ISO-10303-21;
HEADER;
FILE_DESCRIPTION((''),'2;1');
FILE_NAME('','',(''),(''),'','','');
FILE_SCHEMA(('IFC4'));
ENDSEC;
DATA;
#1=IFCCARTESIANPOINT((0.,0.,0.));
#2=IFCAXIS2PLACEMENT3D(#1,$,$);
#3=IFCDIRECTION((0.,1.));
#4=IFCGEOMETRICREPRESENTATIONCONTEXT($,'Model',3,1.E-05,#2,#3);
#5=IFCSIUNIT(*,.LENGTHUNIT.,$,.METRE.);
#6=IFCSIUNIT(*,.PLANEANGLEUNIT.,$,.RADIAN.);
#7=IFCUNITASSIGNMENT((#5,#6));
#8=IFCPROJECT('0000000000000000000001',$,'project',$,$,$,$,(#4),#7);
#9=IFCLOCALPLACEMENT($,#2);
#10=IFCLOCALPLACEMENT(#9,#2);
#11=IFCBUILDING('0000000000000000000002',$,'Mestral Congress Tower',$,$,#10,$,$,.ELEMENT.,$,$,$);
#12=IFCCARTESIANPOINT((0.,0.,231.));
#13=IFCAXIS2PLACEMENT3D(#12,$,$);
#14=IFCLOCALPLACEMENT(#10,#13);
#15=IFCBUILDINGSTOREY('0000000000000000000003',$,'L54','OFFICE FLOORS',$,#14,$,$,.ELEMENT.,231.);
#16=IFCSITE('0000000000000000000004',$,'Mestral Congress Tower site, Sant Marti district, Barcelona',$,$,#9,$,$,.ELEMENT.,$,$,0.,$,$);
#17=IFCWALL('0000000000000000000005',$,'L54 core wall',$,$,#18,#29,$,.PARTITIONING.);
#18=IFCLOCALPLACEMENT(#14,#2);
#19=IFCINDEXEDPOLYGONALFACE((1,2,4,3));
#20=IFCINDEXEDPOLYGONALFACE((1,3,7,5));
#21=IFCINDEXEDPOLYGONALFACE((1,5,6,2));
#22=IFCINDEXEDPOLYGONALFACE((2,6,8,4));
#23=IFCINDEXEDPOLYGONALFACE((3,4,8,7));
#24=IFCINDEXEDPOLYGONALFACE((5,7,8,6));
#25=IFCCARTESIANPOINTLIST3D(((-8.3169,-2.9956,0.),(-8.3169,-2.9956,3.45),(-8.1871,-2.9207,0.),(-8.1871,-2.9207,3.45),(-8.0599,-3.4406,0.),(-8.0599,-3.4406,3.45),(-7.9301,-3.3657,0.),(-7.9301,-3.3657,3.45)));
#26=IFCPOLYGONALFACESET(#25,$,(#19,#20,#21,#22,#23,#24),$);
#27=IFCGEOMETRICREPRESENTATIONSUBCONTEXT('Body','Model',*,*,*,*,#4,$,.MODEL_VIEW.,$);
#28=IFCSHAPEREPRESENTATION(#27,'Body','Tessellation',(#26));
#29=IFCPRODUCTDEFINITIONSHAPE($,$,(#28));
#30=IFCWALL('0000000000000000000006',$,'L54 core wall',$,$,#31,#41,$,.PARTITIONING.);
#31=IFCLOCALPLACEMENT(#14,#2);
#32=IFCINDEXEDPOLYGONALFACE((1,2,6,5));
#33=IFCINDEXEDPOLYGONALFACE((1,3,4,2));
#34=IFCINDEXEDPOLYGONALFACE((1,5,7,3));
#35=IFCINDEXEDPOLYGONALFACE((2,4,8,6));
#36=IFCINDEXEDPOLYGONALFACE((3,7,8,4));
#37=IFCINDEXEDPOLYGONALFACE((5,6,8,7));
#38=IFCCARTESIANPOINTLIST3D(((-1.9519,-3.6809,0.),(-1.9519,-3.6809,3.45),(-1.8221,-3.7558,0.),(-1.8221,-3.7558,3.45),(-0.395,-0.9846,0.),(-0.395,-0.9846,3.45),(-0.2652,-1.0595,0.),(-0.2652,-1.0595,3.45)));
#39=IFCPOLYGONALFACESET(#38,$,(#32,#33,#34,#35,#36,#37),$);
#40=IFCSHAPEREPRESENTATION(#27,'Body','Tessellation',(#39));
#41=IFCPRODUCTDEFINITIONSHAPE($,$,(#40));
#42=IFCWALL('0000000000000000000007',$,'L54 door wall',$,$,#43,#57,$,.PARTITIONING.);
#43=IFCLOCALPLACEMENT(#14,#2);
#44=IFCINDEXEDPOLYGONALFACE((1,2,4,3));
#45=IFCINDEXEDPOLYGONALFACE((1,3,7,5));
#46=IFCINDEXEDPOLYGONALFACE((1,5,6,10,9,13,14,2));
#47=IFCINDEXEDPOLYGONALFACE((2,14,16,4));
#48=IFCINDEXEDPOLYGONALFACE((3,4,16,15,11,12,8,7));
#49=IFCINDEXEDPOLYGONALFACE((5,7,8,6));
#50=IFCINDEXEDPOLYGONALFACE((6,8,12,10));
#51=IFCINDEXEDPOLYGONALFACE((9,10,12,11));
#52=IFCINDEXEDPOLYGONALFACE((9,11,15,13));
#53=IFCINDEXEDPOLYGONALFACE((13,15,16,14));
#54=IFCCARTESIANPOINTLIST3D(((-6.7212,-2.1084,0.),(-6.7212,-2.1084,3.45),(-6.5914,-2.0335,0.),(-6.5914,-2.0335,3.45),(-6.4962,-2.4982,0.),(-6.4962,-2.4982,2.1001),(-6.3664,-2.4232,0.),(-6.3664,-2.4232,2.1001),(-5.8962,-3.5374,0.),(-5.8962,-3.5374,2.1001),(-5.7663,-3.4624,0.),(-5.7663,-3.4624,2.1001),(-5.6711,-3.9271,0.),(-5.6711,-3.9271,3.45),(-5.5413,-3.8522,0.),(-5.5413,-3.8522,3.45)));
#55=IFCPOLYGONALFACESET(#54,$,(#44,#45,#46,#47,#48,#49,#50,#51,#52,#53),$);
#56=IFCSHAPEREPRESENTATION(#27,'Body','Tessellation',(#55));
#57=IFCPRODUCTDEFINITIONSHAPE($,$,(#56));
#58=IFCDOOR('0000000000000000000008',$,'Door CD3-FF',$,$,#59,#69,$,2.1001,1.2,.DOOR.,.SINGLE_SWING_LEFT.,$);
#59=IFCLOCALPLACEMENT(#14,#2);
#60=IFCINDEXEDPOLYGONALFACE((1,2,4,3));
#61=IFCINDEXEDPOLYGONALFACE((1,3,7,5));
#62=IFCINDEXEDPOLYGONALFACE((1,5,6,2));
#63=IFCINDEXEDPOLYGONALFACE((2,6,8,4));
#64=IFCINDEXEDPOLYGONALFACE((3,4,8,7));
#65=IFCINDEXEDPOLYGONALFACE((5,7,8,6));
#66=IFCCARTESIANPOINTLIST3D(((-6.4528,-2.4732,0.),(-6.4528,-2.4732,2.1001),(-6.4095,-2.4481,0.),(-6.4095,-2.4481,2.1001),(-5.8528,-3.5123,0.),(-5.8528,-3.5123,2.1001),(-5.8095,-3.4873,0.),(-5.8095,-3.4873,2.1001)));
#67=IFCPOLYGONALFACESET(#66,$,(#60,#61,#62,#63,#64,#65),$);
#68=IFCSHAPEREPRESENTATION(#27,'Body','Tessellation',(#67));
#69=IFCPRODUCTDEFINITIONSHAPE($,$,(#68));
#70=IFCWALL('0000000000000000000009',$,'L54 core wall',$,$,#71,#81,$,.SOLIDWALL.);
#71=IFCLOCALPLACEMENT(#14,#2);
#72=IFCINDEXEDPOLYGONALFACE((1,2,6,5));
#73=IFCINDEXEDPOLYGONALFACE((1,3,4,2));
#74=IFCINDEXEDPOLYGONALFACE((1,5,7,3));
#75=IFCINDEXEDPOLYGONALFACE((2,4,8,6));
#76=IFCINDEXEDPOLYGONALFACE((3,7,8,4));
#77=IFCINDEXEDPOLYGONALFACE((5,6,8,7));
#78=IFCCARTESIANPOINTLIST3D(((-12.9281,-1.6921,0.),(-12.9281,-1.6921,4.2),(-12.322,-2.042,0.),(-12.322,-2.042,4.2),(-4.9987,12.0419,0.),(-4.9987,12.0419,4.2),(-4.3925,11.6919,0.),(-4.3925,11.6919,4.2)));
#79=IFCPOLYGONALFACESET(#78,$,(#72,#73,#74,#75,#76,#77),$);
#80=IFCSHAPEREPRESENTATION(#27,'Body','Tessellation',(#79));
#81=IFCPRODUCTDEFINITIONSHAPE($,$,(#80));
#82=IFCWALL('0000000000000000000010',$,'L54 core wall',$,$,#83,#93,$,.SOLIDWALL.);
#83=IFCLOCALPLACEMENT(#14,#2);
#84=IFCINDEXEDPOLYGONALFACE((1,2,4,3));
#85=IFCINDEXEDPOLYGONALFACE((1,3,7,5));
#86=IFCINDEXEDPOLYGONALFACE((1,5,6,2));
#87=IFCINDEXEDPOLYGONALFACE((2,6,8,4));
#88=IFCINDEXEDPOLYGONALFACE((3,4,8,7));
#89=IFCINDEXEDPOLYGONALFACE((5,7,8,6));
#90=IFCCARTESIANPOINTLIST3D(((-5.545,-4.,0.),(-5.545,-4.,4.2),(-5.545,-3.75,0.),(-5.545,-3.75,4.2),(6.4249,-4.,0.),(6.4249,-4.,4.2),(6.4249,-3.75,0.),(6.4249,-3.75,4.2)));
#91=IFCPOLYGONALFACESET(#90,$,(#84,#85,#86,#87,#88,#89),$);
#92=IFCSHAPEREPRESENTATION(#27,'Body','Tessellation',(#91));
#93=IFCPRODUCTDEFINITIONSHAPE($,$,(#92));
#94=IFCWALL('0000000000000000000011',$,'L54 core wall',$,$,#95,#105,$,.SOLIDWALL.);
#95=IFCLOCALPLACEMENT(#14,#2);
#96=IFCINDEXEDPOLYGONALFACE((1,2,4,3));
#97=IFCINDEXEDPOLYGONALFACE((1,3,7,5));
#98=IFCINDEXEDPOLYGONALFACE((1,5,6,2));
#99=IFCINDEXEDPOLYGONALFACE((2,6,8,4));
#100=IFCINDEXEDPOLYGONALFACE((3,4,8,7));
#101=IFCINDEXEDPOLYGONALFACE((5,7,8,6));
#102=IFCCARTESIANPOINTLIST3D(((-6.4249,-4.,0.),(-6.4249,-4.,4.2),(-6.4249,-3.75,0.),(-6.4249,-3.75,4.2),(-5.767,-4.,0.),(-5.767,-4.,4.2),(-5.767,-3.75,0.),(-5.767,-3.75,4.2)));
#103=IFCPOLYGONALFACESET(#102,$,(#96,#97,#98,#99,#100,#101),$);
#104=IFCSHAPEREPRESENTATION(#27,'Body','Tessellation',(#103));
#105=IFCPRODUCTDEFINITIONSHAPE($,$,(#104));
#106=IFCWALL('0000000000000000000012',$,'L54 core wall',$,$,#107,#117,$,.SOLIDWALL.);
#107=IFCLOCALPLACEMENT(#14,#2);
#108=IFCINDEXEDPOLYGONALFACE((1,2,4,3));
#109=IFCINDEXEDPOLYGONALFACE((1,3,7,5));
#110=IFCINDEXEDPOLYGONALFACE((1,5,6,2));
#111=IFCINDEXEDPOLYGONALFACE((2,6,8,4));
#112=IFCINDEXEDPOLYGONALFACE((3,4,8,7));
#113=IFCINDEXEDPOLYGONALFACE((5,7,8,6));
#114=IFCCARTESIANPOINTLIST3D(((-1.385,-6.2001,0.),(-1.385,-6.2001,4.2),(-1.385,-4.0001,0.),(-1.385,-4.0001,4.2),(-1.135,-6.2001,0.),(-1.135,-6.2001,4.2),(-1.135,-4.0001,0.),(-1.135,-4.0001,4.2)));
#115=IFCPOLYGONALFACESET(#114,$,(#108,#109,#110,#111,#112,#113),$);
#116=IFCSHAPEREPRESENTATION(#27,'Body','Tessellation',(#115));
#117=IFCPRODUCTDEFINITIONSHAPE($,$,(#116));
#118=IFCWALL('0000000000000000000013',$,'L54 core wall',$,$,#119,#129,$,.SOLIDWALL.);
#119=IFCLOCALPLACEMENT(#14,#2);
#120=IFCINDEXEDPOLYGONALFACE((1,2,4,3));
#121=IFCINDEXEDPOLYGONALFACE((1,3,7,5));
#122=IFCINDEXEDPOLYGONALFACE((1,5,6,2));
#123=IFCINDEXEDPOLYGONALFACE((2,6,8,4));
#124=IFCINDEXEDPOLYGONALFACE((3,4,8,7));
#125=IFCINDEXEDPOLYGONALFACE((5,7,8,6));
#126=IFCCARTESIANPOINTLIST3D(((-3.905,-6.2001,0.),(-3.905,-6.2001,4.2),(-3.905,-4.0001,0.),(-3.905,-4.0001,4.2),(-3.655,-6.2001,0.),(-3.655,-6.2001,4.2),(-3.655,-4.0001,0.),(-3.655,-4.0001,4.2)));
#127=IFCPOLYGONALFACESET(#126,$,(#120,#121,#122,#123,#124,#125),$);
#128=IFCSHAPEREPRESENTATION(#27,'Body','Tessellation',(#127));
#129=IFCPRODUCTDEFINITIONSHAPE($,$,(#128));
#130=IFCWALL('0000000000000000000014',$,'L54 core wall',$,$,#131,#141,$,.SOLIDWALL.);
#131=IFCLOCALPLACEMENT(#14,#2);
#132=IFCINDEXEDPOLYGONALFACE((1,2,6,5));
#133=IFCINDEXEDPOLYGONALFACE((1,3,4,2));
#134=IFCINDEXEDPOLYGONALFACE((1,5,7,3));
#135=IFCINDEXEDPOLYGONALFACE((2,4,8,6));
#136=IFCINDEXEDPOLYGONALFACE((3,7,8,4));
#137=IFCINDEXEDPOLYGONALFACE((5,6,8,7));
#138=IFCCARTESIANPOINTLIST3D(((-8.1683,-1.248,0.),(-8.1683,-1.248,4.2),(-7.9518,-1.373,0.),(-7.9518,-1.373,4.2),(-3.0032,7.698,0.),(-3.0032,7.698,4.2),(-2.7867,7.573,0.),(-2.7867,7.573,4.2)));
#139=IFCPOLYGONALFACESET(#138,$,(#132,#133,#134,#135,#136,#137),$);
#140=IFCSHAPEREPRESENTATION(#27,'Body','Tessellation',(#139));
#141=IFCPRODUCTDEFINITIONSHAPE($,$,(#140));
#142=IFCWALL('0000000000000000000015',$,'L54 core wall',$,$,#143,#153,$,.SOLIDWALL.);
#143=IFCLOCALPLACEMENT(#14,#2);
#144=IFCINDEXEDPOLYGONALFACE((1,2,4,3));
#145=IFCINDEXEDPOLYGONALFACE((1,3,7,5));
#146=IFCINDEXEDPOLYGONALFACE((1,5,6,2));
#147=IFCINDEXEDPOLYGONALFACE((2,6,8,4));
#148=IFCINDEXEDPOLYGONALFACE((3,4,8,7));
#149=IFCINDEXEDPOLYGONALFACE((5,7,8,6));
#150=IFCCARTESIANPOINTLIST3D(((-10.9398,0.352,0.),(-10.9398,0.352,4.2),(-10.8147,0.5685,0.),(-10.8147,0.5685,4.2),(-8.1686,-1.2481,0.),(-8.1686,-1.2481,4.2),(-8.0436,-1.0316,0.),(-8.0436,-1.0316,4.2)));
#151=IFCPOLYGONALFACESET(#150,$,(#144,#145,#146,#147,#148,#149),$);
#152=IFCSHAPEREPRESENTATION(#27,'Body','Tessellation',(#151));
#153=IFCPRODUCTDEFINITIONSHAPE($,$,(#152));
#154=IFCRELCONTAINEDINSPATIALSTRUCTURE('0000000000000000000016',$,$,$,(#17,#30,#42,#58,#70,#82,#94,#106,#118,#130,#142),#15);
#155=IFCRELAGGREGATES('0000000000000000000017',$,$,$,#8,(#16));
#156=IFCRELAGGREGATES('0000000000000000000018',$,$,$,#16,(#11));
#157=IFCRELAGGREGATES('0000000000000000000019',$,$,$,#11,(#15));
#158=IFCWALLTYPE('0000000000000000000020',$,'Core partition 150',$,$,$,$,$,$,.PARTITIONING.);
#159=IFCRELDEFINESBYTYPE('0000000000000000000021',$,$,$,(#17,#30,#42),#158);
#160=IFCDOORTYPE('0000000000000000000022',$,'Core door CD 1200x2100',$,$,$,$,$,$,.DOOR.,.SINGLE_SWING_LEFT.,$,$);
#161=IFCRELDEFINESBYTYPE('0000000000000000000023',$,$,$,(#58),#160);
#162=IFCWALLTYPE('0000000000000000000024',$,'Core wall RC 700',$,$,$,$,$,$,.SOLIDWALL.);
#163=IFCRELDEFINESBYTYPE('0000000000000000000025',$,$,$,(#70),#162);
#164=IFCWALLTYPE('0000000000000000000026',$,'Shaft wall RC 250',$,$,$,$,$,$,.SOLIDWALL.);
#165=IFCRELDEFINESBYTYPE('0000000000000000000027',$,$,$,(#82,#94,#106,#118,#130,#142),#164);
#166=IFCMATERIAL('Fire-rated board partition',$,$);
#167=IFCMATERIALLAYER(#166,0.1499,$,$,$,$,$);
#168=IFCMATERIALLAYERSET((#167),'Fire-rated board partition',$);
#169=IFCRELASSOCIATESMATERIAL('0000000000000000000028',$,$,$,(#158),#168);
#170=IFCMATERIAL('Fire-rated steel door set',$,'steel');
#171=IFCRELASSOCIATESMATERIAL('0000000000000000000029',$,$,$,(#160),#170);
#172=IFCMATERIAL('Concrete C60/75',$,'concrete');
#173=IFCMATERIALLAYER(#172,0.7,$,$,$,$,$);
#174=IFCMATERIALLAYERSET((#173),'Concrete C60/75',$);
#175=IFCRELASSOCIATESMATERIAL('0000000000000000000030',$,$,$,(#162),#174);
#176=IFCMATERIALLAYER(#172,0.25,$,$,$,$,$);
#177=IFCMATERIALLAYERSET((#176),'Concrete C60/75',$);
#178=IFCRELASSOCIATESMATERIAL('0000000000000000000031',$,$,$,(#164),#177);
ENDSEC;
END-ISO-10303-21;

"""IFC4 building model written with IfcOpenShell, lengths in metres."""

from ifc_helpers import new_model, si_unit, direction, frame, frame_2d, origin, place, context, subcontext, project, spatial, rectangle, extrude, material, layer, layer_set, type_object, element, fill, save


model = new_model("IFC4")

# Units and contexts
model_context = context("Model", 3, precision=1e-05, world=origin(), true_north=direction((0.0, 1.0)))
body_context = subcontext(model_context, "Body", "Model", "MODEL_VIEW")
ifc_project = project(units=[si_unit("LENGTHUNIT", "METRE"), si_unit("PLANEANGLEUNIT", "RADIAN")], contexts=[model_context])

# Site, building, storey
site_placement = place(None, origin())
site = spatial("IfcSite", under=ifc_project, at=site_placement, Name="Mestral Congress Tower site, Sant Marti district, Barcelona", CompositionType="ELEMENT", RefElevation=0.0)
building_placement = place(site_placement, origin())
building = spatial("IfcBuilding", under=site, at=building_placement, Name="Mestral Congress Tower", CompositionType="ELEMENT")
storey_placement = place(building_placement, frame((0.0, 0.0, 231.0)))
storey = spatial("IfcBuildingStorey", under=building, at=storey_placement, Name="L54", Description="OFFICE FLOORS", CompositionType="ELEMENT", Elevation=231.0)

# Walls
ifc_material_1 = material(Name="Fire-rated board partition")
ifc_layer_1 = layer(ifc_material_1, 0.1499)
ifc_layer_set_1 = layer_set([ifc_layer_1], Name="Fire-rated board partition")
wall_type_1 = type_object("IfcWallType", Name="Core partition 150", PredefinedType="PARTITIONING", material=ifc_layer_set_1)
wall_1_placement = place(storey_placement, frame((-8.252, -2.9583, 0.0), z_axis=(0.0, 0.0, 1.0), x_axis=(0.500175, -0.865925, 0.0)))
element("IfcWall", 1, at=wall_1_placement, inside=storey, type_object=wall_type_1, Name="L54 core wall", PredefinedType="PARTITIONING", context=body_context, shape_type="SweptSolid", body=[
    extrude(rectangle(XDim=0.5139, YDim=0.1499, at=frame_2d((0.2568, 0.0))), origin(), (0.0, 0.0, 1.0), 3.45),
])
wall_2_placement = place(storey_placement, frame((-1.887, -3.7183, 0.0), z_axis=(0.0, 0.0, 1.0), x_axis=(0.500044, 0.866, 0.0)))
element("IfcWall", 2, at=wall_2_placement, inside=storey, type_object=wall_type_1, Name="L54 core wall", PredefinedType="PARTITIONING", context=body_context, shape_type="SweptSolid", body=[
    extrude(rectangle(XDim=3.1135, YDim=0.1499, at=frame_2d((1.5566, 0.0))), origin(), (0.0, 0.0, 1.0), 3.45),
])

# Wall, opening, door
wall_3_placement = place(storey_placement, frame((-5.6062, -3.8896, 0.0), z_axis=(0.0, 0.0, 1.0), x_axis=(-0.500028, 0.866009, 0.0)))
wall_3 = element("IfcWall", 3, at=wall_3_placement, inside=storey, type_object=wall_type_1, Name="L54 door wall", PredefinedType="PARTITIONING", context=body_context, shape_type="SweptSolid", body=[
    extrude(rectangle(XDim=2.1001, YDim=0.1499, at=frame_2d((1.05, 0.0))), origin(), (0.0, 0.0, 1.0), 3.45),
])
opening_1_placement = place(wall_3_placement, frame((0.45, 0.0, 0.0)))
opening_1 = element("IfcOpeningElement", 4, at=opening_1_placement, cuts=wall_3, PredefinedType="OPENING", context=body_context, shape_type="SweptSolid", body=[
    extrude(rectangle(XDim=1.2, YDim=2.1001, at=frame_2d((0.6001, 1.05))), frame((0.0, 0.085, 0.0), z_axis=(0.0, -1.0, 0.0), x_axis=(1.0, 0.0, 0.0)), (0.0, 0.0, 1.0), 0.1699),
])
ifc_material_2 = material(Name="Fire-rated steel door set", Category="steel")
door_type_1 = type_object("IfcDoorType", Name="Core door CD 1200x2100", OperationType="SINGLE_SWING_LEFT", PredefinedType="DOOR", material=ifc_material_2)
door_1_placement = place(opening_1_placement, origin())
door_1 = element("IfcDoor", 5, at=door_1_placement, inside=storey, type_object=door_type_1, Name="Door CD3-FF", OperationType="SINGLE_SWING_LEFT", OverallHeight=2.1001, OverallWidth=1.2, PredefinedType="DOOR", context=body_context, shape_type="SweptSolid", body=[
    extrude(rectangle(XDim=1.2, YDim=2.1001, at=frame_2d((0.6001, 1.05))), frame((0.0, 0.0249, 0.0), z_axis=(0.0, -1.0, 0.0), x_axis=(1.0, 0.0, 0.0)), (0.0, 0.0, 1.0), 0.05),
])
fill(opening_1, door_1)

# Walls
ifc_material_3 = material(Name="Concrete C60/75", Category="concrete")
ifc_layer_2 = layer(ifc_material_3, 0.7)
ifc_layer_set_2 = layer_set([ifc_layer_2], Name="Concrete C60/75")
wall_type_2 = type_object("IfcWallType", Name="Core wall RC 700", PredefinedType="SOLIDWALL", material=ifc_layer_set_2)
wall_4_placement = place(storey_placement, frame((-12.625, -1.8669, 0.0), z_axis=(0.0, 0.0, 1.0), x_axis=(0.500009, 0.86602, 0.0)))
element("IfcWall", 6, at=wall_4_placement, inside=storey, type_object=wall_type_2, Name="L54 core wall", PredefinedType="SOLIDWALL", context=body_context, shape_type="SweptSolid", body=[
    extrude(rectangle(XDim=15.8586, YDim=0.7, at=frame_2d((7.9292, 0.0))), origin(), (0.0, 0.0, 1.0), 4.2),
])
ifc_layer_3 = layer(ifc_material_3, 0.25)
ifc_layer_set_3 = layer_set([ifc_layer_3], Name="Concrete C60/75")
wall_type_3 = type_object("IfcWallType", Name="Shaft wall RC 250", PredefinedType="SOLIDWALL", material=ifc_layer_set_3)
wall_5_placement = place(storey_placement, frame((-5.5449, -3.875, 0.0), z_axis=(0.0, 0.0, 1.0), x_axis=(1.0, 0.0, 0.0)))
element("IfcWall", 7, at=wall_5_placement, inside=storey, type_object=wall_type_3, Name="L54 core wall", PredefinedType="SOLIDWALL", context=body_context, shape_type="SweptSolid", body=[
    extrude(rectangle(XDim=11.97, YDim=0.25, at=frame_2d((5.9849, 0.0))), origin(), (0.0, 0.0, 1.0), 4.2),
])
wall_6_placement = place(storey_placement, frame((-6.425, -3.875, 0.0), z_axis=(0.0, 0.0, 1.0), x_axis=(1.0, 0.0, 0.0)))
element("IfcWall", 8, at=wall_6_placement, inside=storey, type_object=wall_type_3, Name="L54 core wall", PredefinedType="SOLIDWALL", context=body_context, shape_type="SweptSolid", body=[
    extrude(rectangle(XDim=0.658, YDim=0.25, at=frame_2d((0.3291, 0.0))), origin(), (0.0, 0.0, 1.0), 4.2),
])
for number, where, z_axis, x_axis, name in (
    (9, (-1.26, -4.0, 0.0), (0.0, 0.0, 1.0), (0.0, -1.0, 0.0), "L54 core wall"),
    (10, (-3.78, -4.0, 0.0), (0.0, 0.0, 1.0), (0.0, -1.0, 0.0), "L54 core wall"),
):
    element("IfcWall", number, at=place(storey_placement, frame(where, z_axis=z_axis, x_axis=x_axis)), inside=storey, type_object=wall_type_3, Name=name, PredefinedType="SOLIDWALL", context=body_context, shape_type="SweptSolid", body=[
        extrude(rectangle(XDim=2.2, YDim=0.25, at=frame_2d((1.1001, 0.0))), origin(), (0.0, 0.0, 1.0), 4.2),
    ])
wall_7_placement = place(storey_placement, frame((-8.0601, -1.3105, 0.0), z_axis=(0.0, 0.0, 1.0), x_axis=(0.500003, 0.866024, 0.0)))
element("IfcWall", 11, at=wall_7_placement, inside=storey, type_object=wall_type_3, Name="L54 core wall", PredefinedType="SOLIDWALL", context=body_context, shape_type="SweptSolid", body=[
    extrude(rectangle(XDim=10.3301, YDim=0.25, at=frame_2d((5.165, 0.0))), origin(), (0.0, 0.0, 1.0), 4.2),
])
wall_8_placement = place(storey_placement, frame((-8.106, -1.1399, 0.0), z_axis=(0.0, 0.0, 1.0), x_axis=(-0.866009, 0.500028, 0.0)))
element("IfcWall", 12, at=wall_8_placement, inside=storey, type_object=wall_type_3, Name="L54 core wall", PredefinedType="SOLIDWALL", context=body_context, shape_type="SweptSolid", body=[
    extrude(rectangle(XDim=3.2, YDim=0.25, at=frame_2d((1.6001, 0.0))), origin(), (0.0, 0.0, 1.0), 4.2),
])

save(model, "model.ifc")
